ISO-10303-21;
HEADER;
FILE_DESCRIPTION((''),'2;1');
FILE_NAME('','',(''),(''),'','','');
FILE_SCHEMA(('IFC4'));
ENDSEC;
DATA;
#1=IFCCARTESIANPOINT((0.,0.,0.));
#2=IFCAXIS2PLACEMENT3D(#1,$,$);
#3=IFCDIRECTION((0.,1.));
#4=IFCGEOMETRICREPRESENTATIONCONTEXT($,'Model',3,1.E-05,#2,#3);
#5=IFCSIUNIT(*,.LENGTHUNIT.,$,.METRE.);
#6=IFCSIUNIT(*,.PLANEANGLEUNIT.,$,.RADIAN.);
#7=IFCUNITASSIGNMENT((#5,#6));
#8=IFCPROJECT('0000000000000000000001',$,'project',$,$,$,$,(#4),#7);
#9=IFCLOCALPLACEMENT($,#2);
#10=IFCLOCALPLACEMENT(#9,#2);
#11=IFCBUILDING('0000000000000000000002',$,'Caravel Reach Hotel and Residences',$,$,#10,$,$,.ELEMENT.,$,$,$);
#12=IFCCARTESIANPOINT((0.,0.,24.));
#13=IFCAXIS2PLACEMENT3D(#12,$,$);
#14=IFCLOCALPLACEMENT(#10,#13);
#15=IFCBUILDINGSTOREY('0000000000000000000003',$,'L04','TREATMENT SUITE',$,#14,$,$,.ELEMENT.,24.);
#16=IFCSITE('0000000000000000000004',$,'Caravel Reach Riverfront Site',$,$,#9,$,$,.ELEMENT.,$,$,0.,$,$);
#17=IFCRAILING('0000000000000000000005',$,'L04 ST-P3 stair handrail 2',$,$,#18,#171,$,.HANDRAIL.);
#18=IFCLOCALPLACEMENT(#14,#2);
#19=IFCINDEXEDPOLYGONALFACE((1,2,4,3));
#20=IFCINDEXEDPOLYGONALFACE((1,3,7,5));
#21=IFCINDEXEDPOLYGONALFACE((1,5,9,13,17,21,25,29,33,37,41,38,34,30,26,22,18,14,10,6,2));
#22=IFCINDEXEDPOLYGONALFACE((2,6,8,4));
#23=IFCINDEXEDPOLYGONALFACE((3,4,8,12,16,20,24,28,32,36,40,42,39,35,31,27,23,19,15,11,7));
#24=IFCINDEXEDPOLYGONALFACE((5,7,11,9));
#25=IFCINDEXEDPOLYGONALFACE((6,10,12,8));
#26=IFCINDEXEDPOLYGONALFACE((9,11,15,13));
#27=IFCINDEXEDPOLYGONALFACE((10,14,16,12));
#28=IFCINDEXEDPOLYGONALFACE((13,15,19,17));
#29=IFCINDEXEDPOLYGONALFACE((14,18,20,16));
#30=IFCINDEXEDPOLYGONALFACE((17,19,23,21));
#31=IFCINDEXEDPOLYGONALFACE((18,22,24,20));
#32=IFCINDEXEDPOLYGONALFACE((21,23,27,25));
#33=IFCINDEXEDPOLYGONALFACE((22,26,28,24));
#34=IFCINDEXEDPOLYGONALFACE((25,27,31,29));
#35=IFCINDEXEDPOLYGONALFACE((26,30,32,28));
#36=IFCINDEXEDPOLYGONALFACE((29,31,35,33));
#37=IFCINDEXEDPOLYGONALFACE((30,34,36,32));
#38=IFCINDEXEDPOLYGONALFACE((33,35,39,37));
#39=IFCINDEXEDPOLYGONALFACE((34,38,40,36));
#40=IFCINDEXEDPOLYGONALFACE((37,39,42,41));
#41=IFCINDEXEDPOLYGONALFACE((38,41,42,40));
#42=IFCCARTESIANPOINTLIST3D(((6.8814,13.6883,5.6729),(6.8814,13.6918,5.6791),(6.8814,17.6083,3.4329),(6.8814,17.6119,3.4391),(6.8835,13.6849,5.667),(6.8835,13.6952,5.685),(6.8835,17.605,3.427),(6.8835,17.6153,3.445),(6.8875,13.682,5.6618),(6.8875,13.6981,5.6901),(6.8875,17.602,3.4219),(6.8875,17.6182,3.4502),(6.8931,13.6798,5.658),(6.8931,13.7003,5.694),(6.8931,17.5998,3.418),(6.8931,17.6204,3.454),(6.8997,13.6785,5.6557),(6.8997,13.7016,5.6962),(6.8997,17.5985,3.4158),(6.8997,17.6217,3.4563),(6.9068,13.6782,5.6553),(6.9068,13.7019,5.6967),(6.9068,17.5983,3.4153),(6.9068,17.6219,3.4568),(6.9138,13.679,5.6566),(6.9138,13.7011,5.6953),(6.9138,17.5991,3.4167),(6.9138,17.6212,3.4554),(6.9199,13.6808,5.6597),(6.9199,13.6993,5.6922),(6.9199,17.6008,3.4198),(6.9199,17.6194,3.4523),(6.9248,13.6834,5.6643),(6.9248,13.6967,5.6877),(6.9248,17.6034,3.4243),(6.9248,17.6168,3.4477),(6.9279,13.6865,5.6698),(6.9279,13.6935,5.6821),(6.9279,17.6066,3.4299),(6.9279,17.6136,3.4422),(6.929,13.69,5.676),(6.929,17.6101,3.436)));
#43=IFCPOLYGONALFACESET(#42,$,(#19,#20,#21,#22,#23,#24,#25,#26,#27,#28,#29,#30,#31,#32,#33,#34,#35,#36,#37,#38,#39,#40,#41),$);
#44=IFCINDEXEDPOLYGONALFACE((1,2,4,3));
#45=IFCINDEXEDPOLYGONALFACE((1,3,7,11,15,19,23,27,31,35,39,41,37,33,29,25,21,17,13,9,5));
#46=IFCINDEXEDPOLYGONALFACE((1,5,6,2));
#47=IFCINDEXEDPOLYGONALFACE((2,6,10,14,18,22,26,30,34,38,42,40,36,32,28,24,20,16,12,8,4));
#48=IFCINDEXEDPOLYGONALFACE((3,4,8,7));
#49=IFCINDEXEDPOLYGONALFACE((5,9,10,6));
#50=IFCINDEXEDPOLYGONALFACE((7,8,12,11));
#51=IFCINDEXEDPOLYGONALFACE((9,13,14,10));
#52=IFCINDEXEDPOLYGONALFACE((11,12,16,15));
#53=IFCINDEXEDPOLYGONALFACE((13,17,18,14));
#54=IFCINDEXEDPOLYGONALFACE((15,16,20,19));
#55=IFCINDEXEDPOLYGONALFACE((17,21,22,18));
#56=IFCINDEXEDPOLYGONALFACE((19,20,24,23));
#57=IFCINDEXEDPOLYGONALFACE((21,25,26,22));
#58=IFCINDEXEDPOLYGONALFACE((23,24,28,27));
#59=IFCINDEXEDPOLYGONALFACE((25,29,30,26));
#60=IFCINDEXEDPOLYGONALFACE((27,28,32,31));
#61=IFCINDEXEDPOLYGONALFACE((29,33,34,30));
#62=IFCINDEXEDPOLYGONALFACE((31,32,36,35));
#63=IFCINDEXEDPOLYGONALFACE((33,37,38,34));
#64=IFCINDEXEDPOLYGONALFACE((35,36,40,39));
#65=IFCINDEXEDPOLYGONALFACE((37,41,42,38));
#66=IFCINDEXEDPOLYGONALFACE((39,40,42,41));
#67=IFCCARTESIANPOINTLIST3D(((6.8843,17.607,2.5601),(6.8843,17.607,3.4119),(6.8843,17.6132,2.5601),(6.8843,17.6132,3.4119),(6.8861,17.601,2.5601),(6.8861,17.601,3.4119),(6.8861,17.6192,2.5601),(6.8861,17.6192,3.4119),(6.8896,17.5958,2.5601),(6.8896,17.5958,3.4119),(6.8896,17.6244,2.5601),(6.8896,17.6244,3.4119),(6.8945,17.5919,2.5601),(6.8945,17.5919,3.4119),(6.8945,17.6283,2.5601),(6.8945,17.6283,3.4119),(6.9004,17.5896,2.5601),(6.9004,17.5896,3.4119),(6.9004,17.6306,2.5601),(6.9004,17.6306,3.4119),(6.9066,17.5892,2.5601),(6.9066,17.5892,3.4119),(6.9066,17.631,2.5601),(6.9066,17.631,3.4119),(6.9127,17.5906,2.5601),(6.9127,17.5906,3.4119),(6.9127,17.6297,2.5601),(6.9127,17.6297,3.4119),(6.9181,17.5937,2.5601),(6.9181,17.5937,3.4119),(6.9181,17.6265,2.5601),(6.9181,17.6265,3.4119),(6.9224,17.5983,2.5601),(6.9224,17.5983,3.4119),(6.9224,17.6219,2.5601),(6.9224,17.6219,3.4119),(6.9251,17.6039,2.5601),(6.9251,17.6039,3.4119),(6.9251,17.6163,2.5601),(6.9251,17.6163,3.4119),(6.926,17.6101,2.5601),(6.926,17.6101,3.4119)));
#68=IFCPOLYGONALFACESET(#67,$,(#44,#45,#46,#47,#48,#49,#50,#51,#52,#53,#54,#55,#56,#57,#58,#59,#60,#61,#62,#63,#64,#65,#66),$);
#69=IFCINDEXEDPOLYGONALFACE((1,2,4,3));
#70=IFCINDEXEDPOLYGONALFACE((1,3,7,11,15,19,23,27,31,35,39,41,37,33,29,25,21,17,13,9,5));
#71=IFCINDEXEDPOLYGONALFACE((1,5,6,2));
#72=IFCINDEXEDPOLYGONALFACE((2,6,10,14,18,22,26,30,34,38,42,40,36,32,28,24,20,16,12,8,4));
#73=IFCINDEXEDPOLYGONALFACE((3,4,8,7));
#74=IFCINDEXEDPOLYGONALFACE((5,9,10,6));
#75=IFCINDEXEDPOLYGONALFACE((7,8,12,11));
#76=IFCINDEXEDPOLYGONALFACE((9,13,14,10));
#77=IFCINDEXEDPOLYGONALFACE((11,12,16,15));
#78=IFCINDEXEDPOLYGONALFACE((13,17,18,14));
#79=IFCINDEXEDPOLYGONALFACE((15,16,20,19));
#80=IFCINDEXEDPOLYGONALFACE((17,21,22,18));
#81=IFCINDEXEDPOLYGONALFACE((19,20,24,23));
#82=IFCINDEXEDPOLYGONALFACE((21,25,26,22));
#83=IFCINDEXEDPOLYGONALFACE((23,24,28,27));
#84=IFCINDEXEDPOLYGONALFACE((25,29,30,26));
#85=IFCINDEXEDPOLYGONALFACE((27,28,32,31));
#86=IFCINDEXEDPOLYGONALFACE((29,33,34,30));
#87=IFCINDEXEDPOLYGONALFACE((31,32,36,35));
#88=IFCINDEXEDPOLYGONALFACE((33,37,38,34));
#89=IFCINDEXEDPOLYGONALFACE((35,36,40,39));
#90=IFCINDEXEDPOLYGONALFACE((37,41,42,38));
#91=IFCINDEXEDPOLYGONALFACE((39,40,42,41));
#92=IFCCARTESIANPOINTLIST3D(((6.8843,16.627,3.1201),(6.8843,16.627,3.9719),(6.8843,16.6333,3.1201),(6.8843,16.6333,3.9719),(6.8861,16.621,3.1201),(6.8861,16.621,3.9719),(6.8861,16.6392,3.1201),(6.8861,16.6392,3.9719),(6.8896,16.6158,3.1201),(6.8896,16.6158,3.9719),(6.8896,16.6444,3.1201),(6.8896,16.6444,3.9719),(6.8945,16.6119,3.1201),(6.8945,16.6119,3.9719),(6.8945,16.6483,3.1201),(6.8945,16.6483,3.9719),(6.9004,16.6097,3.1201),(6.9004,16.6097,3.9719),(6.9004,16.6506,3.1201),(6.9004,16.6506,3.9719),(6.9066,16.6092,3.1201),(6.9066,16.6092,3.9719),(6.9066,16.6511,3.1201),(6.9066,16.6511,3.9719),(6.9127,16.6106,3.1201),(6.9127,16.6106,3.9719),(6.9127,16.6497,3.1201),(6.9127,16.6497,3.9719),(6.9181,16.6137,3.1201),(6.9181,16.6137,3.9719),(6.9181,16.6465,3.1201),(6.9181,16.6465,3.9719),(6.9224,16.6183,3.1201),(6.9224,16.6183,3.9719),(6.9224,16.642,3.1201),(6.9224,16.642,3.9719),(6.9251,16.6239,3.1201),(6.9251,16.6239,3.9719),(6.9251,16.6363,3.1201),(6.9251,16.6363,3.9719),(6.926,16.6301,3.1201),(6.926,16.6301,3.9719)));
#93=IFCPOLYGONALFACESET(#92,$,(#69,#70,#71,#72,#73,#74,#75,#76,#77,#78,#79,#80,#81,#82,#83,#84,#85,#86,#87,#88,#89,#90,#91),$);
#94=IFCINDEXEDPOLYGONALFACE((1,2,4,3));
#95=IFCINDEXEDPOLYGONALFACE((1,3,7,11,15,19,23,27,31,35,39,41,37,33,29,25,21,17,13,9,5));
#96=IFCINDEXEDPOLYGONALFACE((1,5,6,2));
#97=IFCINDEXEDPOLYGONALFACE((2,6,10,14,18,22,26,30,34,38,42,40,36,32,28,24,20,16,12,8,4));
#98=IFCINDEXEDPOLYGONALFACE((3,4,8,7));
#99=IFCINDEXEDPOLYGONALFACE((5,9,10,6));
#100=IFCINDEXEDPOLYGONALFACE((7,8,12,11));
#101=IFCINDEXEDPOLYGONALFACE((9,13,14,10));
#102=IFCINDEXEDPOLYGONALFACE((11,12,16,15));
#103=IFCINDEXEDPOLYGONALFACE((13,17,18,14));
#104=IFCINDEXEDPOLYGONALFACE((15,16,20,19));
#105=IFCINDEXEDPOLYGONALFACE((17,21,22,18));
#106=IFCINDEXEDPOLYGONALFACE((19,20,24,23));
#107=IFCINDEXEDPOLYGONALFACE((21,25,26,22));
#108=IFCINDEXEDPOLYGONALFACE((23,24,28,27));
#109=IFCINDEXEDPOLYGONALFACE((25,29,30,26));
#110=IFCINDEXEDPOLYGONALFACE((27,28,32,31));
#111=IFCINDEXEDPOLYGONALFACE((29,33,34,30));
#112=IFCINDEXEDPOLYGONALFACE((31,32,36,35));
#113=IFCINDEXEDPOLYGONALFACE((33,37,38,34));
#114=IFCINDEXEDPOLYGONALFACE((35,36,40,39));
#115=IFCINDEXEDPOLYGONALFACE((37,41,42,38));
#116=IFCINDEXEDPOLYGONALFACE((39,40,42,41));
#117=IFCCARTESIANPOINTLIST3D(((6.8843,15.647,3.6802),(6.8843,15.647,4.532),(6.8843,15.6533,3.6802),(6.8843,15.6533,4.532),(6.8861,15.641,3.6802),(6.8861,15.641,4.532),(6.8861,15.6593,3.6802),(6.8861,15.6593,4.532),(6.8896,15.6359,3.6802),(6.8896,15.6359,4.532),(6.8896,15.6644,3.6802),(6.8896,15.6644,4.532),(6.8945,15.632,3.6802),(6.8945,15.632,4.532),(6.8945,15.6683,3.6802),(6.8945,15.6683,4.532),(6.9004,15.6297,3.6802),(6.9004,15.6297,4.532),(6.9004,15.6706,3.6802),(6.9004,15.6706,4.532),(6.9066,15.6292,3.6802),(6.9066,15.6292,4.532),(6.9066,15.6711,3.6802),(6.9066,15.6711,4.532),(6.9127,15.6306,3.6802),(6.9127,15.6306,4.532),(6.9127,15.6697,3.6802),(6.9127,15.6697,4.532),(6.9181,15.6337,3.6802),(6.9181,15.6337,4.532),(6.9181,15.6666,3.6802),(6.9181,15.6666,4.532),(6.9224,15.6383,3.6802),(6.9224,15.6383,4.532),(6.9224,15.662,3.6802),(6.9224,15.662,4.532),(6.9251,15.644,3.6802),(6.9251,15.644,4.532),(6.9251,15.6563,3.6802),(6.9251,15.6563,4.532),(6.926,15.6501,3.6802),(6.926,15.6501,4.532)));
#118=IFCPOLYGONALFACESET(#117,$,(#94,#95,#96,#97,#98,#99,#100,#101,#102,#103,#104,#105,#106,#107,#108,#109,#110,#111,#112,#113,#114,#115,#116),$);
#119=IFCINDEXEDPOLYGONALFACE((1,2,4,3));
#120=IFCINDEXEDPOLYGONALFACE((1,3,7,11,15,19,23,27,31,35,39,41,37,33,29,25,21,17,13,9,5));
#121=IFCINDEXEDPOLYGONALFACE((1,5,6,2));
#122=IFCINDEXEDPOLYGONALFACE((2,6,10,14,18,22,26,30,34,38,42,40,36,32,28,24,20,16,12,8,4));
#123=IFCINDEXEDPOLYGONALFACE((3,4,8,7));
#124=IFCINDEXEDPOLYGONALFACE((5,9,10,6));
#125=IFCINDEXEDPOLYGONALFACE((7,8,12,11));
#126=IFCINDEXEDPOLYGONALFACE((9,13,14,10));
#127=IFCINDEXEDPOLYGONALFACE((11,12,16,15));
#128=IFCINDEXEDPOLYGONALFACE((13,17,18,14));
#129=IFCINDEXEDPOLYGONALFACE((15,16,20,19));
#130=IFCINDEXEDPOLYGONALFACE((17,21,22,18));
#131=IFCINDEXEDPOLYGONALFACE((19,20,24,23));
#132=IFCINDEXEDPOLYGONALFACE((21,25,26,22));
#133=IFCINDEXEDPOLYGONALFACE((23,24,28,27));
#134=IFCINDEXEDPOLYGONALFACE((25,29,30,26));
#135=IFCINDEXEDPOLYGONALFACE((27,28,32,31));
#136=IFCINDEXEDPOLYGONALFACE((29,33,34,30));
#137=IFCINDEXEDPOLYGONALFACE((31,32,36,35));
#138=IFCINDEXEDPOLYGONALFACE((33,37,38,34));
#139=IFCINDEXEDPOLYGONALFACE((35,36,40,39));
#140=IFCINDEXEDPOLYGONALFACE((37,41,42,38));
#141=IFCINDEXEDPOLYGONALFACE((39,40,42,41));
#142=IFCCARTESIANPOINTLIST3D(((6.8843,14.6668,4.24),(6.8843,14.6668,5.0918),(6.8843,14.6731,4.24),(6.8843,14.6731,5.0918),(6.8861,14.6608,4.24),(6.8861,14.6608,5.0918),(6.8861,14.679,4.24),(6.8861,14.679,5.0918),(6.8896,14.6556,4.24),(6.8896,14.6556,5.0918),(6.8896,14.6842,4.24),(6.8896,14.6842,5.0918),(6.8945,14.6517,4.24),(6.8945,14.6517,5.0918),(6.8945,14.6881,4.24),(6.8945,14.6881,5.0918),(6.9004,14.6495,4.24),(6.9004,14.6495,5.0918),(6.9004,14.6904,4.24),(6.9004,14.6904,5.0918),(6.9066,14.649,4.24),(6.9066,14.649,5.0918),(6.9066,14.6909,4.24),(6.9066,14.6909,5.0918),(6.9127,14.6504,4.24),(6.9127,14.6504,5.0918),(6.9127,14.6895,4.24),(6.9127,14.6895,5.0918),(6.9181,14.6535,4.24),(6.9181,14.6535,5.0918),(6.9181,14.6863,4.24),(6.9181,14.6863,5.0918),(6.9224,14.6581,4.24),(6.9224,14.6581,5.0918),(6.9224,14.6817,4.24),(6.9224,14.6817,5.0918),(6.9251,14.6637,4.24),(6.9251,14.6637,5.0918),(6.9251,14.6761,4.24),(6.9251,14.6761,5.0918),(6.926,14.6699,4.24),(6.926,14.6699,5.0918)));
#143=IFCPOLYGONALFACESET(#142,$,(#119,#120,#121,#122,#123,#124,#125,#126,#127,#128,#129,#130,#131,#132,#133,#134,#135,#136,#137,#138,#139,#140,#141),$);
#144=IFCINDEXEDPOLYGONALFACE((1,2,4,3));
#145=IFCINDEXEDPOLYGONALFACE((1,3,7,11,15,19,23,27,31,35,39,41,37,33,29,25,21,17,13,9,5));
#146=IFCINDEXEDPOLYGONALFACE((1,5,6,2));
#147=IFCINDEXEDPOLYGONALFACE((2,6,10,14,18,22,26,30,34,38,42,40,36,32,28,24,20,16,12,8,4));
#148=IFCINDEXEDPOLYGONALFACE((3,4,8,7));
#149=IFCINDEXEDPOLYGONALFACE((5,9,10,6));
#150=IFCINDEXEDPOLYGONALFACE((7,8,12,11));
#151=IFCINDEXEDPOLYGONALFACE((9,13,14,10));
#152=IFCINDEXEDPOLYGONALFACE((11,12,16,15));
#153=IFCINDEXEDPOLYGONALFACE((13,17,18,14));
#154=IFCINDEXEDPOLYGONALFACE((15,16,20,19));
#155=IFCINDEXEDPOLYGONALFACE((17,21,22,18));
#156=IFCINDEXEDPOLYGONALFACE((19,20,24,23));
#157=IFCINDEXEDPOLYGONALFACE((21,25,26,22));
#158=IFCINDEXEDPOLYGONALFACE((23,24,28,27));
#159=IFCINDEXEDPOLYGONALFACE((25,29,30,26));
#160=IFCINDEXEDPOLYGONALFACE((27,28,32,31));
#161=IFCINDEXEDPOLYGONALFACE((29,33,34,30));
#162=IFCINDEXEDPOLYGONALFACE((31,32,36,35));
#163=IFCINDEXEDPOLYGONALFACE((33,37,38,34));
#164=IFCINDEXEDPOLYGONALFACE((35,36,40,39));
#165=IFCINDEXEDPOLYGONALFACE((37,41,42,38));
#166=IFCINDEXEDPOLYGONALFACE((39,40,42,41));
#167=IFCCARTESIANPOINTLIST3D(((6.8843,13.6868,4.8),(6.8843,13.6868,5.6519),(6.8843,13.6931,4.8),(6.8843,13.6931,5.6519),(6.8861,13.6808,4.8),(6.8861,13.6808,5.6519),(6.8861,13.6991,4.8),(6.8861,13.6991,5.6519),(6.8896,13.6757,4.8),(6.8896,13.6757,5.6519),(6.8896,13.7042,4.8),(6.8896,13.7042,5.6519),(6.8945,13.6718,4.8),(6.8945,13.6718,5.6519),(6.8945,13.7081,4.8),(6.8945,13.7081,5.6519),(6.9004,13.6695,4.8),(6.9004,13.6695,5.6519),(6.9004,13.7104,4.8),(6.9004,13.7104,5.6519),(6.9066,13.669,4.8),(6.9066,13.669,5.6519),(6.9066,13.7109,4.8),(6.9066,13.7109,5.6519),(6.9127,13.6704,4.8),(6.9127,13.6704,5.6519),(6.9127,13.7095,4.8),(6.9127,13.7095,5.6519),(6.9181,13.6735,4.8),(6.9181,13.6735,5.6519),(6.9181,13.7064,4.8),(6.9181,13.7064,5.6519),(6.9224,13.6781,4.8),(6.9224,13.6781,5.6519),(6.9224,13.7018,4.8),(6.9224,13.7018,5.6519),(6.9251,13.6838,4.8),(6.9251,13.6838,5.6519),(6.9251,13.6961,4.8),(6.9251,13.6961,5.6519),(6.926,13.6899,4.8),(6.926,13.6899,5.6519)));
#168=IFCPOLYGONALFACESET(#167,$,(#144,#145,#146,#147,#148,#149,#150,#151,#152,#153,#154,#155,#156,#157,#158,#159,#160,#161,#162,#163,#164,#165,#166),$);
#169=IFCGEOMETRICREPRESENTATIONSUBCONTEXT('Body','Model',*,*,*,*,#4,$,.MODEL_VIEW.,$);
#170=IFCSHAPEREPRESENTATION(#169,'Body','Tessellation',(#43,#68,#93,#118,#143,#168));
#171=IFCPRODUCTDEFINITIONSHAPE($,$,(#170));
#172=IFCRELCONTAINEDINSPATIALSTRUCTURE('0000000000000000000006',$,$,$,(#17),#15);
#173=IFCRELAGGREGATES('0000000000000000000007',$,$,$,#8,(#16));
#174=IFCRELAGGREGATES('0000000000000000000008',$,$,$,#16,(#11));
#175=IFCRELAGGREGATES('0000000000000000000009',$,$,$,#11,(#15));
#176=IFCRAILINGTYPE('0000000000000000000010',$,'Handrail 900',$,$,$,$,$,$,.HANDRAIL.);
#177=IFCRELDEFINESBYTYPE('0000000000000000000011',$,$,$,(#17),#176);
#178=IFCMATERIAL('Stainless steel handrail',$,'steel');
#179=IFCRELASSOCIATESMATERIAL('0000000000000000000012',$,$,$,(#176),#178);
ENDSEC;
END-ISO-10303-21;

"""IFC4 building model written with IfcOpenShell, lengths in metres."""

from ifc_helpers import new_model, si_unit, direction, frame, origin, origin_2d, place, context, subcontext, project, spatial, circle, extrude, material, type_object, element, save


model = new_model("IFC4")

# Units and contexts
model_context = context("Model", 3, precision=1e-05, world=origin(), true_north=direction((0.0, 1.0)))
body_context = subcontext(model_context, "Body", "Model", "MODEL_VIEW")
ifc_project = project(units=[si_unit("LENGTHUNIT", "METRE"), si_unit("PLANEANGLEUNIT", "RADIAN")], contexts=[model_context])

# Site, building, storey
site_placement = place(None, origin())
site = spatial("IfcSite", under=ifc_project, at=site_placement, Name="Caravel Reach Riverfront Site", CompositionType="ELEMENT", RefElevation=0.0)
building_placement = place(site_placement, origin())
building = spatial("IfcBuilding", under=site, at=building_placement, Name="Caravel Reach Hotel and Residences", CompositionType="ELEMENT")
storey_placement = place(building_placement, frame((0.0, 0.0, 24.0)))
storey = spatial("IfcBuildingStorey", under=building, at=storey_placement, Name="L04", Description="TREATMENT SUITE", CompositionType="ELEMENT", Elevation=24.0)

# Railing
ifc_material_1 = material(Name="Stainless steel handrail", Category="steel")
railing_type_1 = type_object("IfcRailingType", Name="Handrail 900", PredefinedType="HANDRAIL", material=ifc_material_1)
railing_1_placement = place(storey_placement, frame((6.905, 17.6101, 2.5601)))
element("IfcRailing", 1, at=railing_1_placement, inside=storey, type_object=railing_type_1, Name="L04 ST-P3 stair handrail 2", PredefinedType="HANDRAIL", context=body_context, shape_type="SweptSolid", body=[
    extrude(circle(Radius=0.0239, at=origin_2d()), frame((0.0, 0.0, 0.876), z_axis=(0.0, -0.868253, 0.496121), x_axis=(1.0, 0.0, 0.0)), (0.0, 0.0, 1.0), 4.5149),
    extrude(circle(Radius=0.021, at=origin_2d()), origin(), (0.0, 0.0, 1.0), 0.8518),
    extrude(circle(Radius=0.021, at=origin_2d()), frame((0.0, -0.98, 0.5601)), (0.0, 0.0, 1.0), 0.8518),
    extrude(circle(Radius=0.021, at=origin_2d()), frame((0.0, -1.96, 1.1201)), (0.0, 0.0, 1.0), 0.8518),
    extrude(circle(Radius=0.021, at=origin_2d()), frame((0.0, -2.9402, 1.6799)), (0.0, 0.0, 1.0), 0.8518),
    extrude(circle(Radius=0.021, at=origin_2d()), frame((0.0, -3.9202, 2.24)), (0.0, 0.0, 1.0), 0.8518),
])

save(model, "model.ifc")
